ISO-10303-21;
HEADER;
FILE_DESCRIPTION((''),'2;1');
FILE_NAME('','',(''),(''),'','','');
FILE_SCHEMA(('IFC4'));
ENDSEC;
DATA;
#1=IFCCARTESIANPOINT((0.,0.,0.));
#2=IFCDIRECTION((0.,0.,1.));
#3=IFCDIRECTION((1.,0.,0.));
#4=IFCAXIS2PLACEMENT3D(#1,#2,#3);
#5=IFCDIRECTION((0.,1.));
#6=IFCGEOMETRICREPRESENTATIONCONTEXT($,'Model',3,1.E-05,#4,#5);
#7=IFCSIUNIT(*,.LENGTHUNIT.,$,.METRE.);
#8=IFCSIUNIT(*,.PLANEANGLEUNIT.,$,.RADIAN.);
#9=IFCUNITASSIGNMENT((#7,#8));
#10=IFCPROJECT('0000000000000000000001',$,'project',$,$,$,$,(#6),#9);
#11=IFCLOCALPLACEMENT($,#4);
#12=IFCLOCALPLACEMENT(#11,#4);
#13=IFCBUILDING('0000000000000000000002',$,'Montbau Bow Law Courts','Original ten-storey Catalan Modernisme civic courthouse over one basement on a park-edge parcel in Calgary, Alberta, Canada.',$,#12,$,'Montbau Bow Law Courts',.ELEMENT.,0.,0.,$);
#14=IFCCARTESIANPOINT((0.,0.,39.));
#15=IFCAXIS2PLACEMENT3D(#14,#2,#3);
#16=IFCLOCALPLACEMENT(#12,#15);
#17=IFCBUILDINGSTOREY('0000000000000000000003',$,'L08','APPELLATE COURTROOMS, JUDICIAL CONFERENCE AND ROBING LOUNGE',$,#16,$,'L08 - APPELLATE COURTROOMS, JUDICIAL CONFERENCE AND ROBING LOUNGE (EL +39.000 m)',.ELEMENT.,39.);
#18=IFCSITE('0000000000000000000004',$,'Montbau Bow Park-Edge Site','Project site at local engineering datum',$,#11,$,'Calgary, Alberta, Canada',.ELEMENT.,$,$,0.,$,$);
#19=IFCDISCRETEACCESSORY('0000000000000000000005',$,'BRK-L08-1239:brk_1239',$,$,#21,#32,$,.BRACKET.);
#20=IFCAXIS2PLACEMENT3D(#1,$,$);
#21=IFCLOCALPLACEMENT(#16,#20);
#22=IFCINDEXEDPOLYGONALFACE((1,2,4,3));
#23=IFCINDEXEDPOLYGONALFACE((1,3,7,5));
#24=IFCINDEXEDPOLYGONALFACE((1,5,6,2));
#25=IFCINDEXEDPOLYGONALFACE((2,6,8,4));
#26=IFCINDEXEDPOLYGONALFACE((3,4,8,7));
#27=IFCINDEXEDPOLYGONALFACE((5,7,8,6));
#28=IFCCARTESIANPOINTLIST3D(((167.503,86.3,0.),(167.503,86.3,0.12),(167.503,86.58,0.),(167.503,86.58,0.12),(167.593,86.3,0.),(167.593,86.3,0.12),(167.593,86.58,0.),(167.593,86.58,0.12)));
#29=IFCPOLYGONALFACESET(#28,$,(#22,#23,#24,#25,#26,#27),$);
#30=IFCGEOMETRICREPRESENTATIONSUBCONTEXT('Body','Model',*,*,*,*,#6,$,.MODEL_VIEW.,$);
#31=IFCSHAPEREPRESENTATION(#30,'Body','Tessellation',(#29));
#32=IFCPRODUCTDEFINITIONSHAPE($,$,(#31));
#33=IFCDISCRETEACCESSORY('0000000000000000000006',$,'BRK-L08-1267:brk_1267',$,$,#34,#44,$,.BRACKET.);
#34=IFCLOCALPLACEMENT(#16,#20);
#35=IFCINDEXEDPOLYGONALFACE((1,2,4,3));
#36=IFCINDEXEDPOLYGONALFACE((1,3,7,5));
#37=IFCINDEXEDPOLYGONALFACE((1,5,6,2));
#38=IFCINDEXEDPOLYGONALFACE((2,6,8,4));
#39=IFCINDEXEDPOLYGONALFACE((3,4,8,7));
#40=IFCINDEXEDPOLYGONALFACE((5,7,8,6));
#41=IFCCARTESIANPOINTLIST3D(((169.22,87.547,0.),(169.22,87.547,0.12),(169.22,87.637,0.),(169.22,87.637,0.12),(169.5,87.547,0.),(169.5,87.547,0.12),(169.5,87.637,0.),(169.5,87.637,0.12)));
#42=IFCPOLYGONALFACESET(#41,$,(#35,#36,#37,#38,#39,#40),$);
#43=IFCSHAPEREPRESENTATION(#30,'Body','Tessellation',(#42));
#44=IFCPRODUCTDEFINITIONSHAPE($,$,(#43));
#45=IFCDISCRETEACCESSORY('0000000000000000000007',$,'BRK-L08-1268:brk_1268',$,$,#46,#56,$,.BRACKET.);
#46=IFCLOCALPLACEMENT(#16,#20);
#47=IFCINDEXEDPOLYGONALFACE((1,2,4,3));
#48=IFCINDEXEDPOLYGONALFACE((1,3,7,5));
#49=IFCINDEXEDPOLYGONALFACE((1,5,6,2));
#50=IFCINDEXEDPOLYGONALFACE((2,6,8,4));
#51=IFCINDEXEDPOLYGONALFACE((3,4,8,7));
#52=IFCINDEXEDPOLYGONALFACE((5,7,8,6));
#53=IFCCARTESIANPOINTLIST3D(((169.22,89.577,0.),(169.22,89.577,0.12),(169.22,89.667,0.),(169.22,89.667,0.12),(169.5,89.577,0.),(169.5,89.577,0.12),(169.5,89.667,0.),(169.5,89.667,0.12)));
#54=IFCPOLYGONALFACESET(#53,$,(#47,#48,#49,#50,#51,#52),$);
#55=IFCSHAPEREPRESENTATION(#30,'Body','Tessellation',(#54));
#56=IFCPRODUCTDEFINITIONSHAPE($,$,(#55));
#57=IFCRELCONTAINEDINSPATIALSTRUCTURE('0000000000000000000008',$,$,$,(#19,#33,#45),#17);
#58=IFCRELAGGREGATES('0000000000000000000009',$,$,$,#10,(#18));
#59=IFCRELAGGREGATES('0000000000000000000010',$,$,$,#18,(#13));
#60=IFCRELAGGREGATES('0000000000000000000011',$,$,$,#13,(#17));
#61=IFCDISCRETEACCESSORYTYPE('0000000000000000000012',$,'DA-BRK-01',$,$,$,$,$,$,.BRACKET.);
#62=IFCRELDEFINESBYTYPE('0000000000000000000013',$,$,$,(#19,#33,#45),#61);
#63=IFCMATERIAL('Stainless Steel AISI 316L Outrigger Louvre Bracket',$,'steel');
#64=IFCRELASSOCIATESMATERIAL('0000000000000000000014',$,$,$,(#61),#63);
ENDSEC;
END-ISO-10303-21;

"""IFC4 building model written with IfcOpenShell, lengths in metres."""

from ifc_helpers import new_model, si_unit, direction, frame, origin_with_axes, origin_2d_with_axis, place, context, subcontext, project, spatial, rectangle, extrude, material, type_object, element, save


model = new_model("IFC4")

# Units and contexts
model_context = context("Model", 3, precision=1e-05, world=origin_with_axes(), true_north=direction((0.0, 1.0)))
body_context = subcontext(model_context, "Body", "Model", "MODEL_VIEW")
ifc_project = project(units=[si_unit("LENGTHUNIT", "METRE"), si_unit("PLANEANGLEUNIT", "RADIAN")], contexts=[model_context])

# Site, building, storey
site_placement = place(None, origin_with_axes())
site = spatial("IfcSite", under=ifc_project, at=site_placement, Name="Montbau Bow Park-Edge Site", Description="Project site at local engineering datum", LongName="Calgary, Alberta, Canada", CompositionType="ELEMENT", RefElevation=0.0)
building_placement = place(site_placement, origin_with_axes())
building = spatial("IfcBuilding", under=site, at=building_placement, Name="Montbau Bow Law Courts", Description="Original ten-storey Catalan Modernisme civic courthouse over one basement on a park-edge parcel in Calgary, Alberta, Canada.", LongName="Montbau Bow Law Courts", CompositionType="ELEMENT", ElevationOfRefHeight=0.0, ElevationOfTerrain=0.0)
storey_placement = place(building_placement, frame((0.0, 0.0, 39.0), z_axis=(0.0, 0.0, 1.0), x_axis=(1.0, 0.0, 0.0)))
storey = spatial("IfcBuildingStorey", under=building, at=storey_placement, Name="L08", Description="APPELLATE COURTROOMS, JUDICIAL CONFERENCE AND ROBING LOUNGE", LongName="L08 - APPELLATE COURTROOMS, JUDICIAL CONFERENCE AND ROBING LOUNGE (EL +39.000 m)", CompositionType="ELEMENT", Elevation=39.0)

# Discrete accessories
ifc_material_1 = material(Name="Stainless Steel AISI 316L Outrigger Louvre Bracket", Category="steel")
discrete_accessory_type = type_object("IfcDiscreteAccessoryType", Name="DA-BRK-01", PredefinedType="BRACKET", material=ifc_material_1)
for number, where, z_axis, x_axis, name in (
    (1, (167.548, 86.44, 39.0), (0.0, 0.0, 1.0), (0.0, -1.0, 0.0), "BRK-L08-1239:brk_1239"),
    (2, (169.36, 87.592, 39.0), (0.0, 0.0, 1.0), (1.0, 0.0, 0.0), "BRK-L08-1267:brk_1267"),
    (3, (169.36, 89.622, 39.0), (0.0, 0.0, 1.0), (1.0, 0.0, 0.0), "BRK-L08-1268:brk_1268"),
):
    element("IfcDiscreteAccessory", number, at=place(None, frame(where, z_axis=z_axis, x_axis=x_axis)), inside=storey, type_object=discrete_accessory_type, Name=name, PredefinedType="BRACKET", context=body_context, shape_type="SweptSolid", body=[
        extrude(rectangle(XDim=0.28, YDim=0.09, at=origin_2d_with_axis()), origin_with_axes(), (0.0, 0.0, 1.0), 0.12),
    ])

save(model, "model.ifc")
